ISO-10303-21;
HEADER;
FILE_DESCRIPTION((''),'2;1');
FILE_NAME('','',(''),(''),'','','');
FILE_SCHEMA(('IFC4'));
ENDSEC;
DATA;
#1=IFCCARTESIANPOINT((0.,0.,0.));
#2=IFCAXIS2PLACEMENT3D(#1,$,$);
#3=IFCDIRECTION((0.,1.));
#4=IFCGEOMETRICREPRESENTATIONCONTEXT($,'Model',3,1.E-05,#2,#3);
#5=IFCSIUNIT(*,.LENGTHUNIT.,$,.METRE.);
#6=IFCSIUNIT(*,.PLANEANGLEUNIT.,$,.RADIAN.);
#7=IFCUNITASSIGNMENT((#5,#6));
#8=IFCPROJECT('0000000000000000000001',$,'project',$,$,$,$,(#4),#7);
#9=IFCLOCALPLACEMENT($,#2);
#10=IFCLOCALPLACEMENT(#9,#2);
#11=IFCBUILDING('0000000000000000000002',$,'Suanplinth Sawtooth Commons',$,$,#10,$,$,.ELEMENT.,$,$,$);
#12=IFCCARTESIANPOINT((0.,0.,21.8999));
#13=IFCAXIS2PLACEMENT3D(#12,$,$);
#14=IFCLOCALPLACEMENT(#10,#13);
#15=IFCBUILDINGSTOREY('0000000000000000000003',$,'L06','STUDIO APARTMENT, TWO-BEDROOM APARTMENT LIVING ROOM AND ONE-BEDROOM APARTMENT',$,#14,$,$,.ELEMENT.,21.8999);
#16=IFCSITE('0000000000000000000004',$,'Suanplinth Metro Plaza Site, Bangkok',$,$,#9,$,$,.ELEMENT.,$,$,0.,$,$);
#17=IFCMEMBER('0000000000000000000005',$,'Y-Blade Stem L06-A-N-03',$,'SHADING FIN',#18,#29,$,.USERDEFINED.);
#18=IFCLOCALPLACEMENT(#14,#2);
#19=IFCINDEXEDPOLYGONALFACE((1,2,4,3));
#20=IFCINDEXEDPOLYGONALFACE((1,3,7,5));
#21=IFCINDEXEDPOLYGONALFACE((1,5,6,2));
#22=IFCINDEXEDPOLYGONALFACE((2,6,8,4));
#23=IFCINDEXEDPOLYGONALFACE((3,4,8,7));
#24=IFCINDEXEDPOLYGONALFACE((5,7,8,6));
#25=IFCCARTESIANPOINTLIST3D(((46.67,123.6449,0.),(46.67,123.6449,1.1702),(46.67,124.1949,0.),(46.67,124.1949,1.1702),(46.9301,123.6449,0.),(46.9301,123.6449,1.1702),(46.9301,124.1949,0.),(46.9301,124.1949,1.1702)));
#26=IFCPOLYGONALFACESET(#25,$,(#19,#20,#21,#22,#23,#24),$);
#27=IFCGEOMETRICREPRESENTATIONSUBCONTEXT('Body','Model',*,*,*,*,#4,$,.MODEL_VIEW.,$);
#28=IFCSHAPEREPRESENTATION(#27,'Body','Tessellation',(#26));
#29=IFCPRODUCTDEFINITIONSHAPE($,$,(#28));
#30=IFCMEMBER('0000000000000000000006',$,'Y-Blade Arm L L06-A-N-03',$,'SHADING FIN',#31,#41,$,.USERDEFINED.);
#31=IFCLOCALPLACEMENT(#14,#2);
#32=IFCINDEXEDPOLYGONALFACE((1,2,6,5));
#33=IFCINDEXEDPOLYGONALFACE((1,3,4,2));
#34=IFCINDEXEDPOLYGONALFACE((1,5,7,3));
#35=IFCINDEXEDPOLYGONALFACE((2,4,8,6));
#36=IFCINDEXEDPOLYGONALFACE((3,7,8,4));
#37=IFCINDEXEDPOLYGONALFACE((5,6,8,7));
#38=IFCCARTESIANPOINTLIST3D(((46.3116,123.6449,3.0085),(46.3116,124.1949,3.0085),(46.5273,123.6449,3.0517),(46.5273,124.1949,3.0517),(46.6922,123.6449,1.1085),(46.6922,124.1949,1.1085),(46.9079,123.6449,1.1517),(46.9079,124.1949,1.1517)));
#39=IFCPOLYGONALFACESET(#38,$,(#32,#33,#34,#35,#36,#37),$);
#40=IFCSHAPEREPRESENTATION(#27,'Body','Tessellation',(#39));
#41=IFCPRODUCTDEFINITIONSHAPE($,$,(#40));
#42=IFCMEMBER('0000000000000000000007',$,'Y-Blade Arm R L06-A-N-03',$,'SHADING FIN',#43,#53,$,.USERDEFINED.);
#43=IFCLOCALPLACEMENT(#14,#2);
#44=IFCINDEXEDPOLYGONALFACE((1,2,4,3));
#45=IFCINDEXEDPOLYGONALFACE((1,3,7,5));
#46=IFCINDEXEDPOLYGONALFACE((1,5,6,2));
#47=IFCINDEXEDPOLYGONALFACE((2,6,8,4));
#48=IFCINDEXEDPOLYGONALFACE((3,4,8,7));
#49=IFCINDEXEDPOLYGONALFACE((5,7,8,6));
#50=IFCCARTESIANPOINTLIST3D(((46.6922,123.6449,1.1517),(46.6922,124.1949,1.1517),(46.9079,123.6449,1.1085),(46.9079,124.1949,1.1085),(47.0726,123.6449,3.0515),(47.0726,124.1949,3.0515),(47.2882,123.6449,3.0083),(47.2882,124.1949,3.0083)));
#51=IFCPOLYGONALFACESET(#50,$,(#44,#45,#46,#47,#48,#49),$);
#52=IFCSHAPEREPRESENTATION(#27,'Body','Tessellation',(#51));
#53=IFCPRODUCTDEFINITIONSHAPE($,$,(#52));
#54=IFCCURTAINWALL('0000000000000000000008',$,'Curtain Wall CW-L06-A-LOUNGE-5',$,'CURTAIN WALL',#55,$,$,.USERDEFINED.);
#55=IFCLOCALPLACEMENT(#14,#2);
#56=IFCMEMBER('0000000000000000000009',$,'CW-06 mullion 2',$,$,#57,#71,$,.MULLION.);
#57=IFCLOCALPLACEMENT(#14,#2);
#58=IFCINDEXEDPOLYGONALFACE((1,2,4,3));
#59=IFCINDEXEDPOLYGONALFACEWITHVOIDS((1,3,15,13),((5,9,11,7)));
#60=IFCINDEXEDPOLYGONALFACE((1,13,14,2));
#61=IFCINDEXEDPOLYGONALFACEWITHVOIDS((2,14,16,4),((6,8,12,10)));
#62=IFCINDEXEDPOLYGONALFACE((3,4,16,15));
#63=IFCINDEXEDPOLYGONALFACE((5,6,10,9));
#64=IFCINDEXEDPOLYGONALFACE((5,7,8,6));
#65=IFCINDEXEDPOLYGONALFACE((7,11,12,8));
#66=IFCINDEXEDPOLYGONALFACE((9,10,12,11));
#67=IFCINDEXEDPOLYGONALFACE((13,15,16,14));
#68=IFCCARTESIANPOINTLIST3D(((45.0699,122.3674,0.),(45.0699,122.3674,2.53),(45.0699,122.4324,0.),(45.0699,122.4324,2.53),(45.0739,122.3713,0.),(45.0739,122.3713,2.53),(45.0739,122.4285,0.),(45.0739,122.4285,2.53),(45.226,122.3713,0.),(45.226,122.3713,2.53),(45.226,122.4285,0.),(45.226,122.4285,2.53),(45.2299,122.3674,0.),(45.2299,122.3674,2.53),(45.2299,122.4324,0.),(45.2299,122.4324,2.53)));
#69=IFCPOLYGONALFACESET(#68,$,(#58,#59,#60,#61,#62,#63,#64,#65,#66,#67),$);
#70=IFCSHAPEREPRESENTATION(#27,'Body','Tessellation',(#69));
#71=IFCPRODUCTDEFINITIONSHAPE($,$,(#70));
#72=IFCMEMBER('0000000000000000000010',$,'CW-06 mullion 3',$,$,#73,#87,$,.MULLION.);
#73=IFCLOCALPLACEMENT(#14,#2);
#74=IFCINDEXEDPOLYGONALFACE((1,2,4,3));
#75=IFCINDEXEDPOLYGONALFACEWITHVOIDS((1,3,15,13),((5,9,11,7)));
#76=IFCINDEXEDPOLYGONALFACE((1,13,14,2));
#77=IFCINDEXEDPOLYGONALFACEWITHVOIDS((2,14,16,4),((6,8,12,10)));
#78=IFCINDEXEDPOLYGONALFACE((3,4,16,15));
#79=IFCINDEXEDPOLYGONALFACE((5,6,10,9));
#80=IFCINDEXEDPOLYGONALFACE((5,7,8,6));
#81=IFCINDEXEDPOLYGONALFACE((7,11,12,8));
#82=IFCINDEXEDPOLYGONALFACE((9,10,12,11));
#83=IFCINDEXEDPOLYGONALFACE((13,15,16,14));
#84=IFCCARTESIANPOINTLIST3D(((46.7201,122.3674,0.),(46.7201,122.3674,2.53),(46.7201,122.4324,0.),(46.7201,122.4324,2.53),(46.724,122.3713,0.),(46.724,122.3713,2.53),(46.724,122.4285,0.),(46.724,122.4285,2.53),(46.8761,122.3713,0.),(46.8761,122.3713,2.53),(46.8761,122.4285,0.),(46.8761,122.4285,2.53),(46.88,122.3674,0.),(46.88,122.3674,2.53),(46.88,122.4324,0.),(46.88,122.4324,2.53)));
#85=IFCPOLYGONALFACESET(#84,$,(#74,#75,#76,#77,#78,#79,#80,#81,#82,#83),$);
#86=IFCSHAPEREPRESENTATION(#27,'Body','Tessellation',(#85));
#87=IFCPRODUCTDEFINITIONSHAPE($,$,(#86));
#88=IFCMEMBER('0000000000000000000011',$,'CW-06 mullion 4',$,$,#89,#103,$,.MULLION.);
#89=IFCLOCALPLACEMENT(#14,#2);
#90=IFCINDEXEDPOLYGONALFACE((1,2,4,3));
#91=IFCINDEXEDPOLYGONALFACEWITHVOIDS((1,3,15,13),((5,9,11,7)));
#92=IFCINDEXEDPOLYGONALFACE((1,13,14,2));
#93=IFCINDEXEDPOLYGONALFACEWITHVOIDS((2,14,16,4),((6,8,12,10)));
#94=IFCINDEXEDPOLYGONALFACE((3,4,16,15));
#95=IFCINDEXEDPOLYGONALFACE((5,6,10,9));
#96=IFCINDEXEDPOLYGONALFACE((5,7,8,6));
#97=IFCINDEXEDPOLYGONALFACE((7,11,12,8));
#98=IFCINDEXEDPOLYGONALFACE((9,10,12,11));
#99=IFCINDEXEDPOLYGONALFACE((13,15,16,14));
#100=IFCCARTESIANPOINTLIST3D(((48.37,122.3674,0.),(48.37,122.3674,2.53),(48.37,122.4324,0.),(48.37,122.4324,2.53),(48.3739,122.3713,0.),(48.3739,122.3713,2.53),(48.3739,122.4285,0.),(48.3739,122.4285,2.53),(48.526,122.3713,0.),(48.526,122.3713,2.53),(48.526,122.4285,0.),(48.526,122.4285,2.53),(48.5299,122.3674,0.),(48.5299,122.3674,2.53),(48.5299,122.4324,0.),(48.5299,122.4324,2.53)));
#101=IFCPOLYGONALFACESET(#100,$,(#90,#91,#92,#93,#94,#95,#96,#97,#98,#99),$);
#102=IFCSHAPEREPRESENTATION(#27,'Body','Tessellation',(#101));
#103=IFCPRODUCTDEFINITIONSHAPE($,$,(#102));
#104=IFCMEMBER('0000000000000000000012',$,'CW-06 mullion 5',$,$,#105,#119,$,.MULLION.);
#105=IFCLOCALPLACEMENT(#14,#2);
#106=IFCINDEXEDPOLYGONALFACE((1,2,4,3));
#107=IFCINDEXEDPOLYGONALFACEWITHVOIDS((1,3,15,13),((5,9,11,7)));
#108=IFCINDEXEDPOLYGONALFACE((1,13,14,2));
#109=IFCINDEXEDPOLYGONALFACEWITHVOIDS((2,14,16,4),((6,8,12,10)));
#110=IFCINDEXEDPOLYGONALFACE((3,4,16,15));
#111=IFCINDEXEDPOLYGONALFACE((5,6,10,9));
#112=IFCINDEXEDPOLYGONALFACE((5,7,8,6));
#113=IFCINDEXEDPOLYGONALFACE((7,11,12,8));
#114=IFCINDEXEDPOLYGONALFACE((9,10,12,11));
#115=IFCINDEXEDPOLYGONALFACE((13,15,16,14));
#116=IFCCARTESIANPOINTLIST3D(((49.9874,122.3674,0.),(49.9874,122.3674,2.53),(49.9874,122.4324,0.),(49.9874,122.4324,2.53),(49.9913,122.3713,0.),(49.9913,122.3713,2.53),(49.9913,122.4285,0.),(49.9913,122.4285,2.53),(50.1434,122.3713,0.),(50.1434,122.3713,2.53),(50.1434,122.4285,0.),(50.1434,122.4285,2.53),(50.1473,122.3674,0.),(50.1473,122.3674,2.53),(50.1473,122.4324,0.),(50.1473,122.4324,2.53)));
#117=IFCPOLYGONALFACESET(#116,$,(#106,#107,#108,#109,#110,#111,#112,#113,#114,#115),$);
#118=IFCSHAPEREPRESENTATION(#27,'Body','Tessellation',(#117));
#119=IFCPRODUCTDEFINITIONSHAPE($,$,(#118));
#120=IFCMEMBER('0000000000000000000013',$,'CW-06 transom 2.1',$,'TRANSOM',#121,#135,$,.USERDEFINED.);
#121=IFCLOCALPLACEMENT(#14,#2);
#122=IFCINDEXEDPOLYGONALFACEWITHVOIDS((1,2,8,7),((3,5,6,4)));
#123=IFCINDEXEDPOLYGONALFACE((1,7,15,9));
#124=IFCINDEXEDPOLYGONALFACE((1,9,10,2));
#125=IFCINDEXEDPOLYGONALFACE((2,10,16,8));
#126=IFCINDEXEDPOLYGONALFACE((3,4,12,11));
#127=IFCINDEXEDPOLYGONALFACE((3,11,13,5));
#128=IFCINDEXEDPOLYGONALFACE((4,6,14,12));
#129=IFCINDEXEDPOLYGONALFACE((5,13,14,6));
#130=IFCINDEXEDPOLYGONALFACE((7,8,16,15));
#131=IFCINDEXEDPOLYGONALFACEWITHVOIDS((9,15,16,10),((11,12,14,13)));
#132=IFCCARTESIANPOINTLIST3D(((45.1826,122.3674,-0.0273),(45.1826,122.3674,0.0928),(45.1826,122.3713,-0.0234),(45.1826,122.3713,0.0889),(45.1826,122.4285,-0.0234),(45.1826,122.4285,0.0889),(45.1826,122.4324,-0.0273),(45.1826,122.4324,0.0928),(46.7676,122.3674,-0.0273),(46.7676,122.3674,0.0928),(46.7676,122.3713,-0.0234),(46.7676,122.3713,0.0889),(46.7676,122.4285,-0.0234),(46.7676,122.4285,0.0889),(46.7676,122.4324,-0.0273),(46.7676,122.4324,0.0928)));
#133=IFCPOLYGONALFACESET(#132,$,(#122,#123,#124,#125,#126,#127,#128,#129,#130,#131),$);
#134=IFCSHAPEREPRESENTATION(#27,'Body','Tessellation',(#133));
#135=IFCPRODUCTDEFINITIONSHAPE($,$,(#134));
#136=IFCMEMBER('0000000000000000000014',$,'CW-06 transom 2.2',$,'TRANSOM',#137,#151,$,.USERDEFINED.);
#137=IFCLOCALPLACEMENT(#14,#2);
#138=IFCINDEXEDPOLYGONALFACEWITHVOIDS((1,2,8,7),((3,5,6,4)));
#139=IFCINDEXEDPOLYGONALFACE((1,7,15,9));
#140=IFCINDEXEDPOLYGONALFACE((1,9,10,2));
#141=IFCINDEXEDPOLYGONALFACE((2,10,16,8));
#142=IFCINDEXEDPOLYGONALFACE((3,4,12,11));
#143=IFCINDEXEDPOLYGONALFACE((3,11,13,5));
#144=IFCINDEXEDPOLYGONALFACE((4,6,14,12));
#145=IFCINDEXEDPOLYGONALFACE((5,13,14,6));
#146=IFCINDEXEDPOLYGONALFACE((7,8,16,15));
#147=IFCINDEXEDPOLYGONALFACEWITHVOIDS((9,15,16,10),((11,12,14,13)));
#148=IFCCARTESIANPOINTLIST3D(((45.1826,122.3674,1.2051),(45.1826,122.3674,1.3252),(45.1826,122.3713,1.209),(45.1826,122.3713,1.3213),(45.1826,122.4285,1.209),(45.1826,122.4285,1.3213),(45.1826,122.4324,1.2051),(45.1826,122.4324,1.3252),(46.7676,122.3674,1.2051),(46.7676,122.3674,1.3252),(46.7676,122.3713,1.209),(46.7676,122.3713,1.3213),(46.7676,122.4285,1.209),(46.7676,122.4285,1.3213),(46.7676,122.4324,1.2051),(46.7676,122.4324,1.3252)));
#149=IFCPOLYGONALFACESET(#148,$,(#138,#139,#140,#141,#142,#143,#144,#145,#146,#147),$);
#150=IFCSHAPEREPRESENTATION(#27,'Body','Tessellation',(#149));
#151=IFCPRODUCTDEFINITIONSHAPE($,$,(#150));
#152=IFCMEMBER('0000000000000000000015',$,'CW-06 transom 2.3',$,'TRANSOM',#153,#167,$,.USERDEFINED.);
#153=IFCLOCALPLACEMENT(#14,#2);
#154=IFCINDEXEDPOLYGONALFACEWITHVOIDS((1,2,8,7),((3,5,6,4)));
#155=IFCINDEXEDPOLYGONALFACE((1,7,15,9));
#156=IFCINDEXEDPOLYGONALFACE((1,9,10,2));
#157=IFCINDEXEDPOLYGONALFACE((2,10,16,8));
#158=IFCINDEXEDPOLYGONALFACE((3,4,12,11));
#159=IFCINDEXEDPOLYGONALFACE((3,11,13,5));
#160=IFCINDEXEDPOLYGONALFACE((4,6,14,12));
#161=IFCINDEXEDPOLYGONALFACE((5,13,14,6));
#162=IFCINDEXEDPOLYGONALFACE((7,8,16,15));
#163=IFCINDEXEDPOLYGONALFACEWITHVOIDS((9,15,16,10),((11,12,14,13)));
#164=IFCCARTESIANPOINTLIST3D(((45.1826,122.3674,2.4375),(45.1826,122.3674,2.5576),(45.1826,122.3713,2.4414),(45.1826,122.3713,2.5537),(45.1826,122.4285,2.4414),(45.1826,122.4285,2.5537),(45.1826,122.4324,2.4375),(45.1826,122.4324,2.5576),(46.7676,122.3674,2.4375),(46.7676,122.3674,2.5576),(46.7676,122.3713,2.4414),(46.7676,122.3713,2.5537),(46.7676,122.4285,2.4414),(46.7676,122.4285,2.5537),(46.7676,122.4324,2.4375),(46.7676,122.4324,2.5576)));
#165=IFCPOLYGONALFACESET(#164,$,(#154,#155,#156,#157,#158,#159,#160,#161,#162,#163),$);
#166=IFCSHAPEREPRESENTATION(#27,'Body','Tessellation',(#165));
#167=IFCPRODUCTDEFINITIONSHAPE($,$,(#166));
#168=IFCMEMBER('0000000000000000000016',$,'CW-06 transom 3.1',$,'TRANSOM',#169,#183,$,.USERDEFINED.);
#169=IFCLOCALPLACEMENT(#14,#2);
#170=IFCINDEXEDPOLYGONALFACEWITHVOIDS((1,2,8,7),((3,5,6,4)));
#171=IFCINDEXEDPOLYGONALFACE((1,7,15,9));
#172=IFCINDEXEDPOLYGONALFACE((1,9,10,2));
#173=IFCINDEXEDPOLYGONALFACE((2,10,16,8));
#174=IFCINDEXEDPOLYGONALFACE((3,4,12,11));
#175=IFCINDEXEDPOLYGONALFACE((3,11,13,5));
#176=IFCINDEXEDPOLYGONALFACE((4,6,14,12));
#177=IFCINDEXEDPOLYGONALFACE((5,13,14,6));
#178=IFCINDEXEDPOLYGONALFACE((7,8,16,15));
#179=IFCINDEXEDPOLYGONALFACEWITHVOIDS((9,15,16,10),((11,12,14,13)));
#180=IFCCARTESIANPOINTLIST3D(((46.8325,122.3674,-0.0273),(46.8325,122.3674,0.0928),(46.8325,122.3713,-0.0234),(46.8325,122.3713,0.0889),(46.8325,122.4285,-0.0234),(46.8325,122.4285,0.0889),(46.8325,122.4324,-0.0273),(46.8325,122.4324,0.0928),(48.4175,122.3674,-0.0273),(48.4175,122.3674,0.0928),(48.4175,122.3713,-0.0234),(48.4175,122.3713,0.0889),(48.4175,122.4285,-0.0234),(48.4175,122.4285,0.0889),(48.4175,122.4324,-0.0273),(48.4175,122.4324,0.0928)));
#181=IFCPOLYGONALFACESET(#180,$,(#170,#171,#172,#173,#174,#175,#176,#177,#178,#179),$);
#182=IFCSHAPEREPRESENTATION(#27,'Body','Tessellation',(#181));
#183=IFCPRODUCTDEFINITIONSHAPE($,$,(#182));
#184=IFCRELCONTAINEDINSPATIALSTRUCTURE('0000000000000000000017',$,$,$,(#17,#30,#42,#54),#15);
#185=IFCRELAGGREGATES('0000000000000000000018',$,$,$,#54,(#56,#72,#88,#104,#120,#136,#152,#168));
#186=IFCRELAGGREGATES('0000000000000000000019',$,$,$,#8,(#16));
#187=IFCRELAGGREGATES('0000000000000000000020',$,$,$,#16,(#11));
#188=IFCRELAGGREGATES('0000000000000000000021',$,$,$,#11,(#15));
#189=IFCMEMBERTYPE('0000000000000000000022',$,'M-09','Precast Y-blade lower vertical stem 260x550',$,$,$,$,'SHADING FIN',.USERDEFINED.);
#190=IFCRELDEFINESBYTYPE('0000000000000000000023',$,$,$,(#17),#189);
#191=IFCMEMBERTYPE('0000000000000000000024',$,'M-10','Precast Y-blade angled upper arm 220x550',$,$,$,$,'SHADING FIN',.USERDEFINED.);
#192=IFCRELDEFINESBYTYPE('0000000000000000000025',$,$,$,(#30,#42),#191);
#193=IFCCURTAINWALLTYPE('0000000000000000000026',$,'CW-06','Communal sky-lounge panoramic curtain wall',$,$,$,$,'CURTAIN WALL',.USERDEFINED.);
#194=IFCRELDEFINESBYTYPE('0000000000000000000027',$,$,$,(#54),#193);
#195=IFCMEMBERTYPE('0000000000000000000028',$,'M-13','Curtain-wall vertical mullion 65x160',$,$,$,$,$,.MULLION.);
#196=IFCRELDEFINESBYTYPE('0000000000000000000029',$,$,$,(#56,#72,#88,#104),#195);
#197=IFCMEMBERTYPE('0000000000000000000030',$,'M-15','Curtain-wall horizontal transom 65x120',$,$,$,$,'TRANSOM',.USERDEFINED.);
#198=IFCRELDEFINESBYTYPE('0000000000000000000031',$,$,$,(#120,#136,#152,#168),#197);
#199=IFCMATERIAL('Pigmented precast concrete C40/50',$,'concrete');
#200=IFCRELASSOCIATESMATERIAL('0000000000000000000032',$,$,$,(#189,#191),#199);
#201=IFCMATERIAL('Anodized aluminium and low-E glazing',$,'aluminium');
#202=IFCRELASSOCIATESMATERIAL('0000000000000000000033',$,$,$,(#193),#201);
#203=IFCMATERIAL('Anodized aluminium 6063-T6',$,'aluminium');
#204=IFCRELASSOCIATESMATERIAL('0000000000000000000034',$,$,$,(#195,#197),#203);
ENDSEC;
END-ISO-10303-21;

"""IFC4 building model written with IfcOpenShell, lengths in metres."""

from ifc_helpers import new_model, si_unit, direction, frame, origin, origin_2d, place, context, subcontext, project, spatial, rectangle, hollow_rectangle, extrude, material, material_profile, profile_set, type_object, element, aggregate, save


model = new_model("IFC4")

# Units and contexts
model_context = context("Model", 3, precision=1e-05, world=origin(), true_north=direction((0.0, 1.0)))
body_context = subcontext(model_context, "Body", "Model", "MODEL_VIEW")
ifc_project = project(units=[si_unit("LENGTHUNIT", "METRE"), si_unit("PLANEANGLEUNIT", "RADIAN")], contexts=[model_context])

# Site, building, storey
site_placement = place(None, origin())
site = spatial("IfcSite", under=ifc_project, at=site_placement, Name="Suanplinth Metro Plaza Site, Bangkok", CompositionType="ELEMENT", RefElevation=0.0)
building_placement = place(site_placement, origin())
building = spatial("IfcBuilding", under=site, at=building_placement, Name="Suanplinth Sawtooth Commons", CompositionType="ELEMENT")
storey_placement = place(building_placement, frame((0.0, 0.0, 21.8999)))
storey = spatial("IfcBuildingStorey", under=building, at=storey_placement, Name="L06", Description="STUDIO APARTMENT, TWO-BEDROOM APARTMENT LIVING ROOM AND ONE-BEDROOM APARTMENT", CompositionType="ELEMENT", Elevation=21.8999)

# Members
ifc_material_1 = material(Name="Pigmented precast concrete C40/50", Category="concrete")
ifc_material_profile_1 = material_profile(ifc_material_1, rectangle(XDim=0.26, YDim=0.55, at=origin_2d()), Name="PC-FIN 260x550")
ifc_profile_set_1 = profile_set([ifc_material_profile_1], Name="Pigmented precast concrete C40/50")
member_type_1 = type_object("IfcMemberType", Name="M-09", Description="Precast Y-blade lower vertical stem 260x550", ElementType="SHADING FIN", PredefinedType="USERDEFINED", material=ifc_profile_set_1)
member_1_placement = place(storey_placement, frame((46.8, 123.9199, 0.0), z_axis=(0.0, 0.0, 1.0), x_axis=(1.0, 0.0, 0.0)))
element("IfcMember", 1, at=member_1_placement, inside=storey, type_object=member_type_1, Name="Y-Blade Stem L06-A-N-03", ObjectType="SHADING FIN", PredefinedType="USERDEFINED", context=body_context, shape_type="SweptSolid", body=[
    extrude(rectangle(XDim=0.26, YDim=0.55, at=origin_2d()), origin(), (0.0, 0.0, 1.0), 1.1702),
])
ifc_material_profile_2 = material_profile(ifc_material_1, rectangle(XDim=0.22, YDim=0.55, at=origin_2d()), Name="PC-FIN 220x550")
ifc_profile_set_2 = profile_set([ifc_material_profile_2], Name="Pigmented precast concrete C40/50")
member_type_2 = type_object("IfcMemberType", Name="M-10", Description="Precast Y-blade angled upper arm 220x550", ElementType="SHADING FIN", PredefinedType="USERDEFINED", material=ifc_profile_set_2)
member_2_placement = place(storey_placement, frame((46.8, 123.9199, 1.1301), z_axis=(-0.196431, 0.0, 0.980518), x_axis=(0.980518, 0.0, 0.196431)))
element("IfcMember", 2, at=member_2_placement, inside=storey, type_object=member_type_2, Name="Y-Blade Arm L L06-A-N-03", ObjectType="SHADING FIN", PredefinedType="USERDEFINED", context=body_context, shape_type="SweptSolid", body=[
    extrude(rectangle(XDim=0.22, YDim=0.55, at=origin_2d()), origin(), (0.0, 0.0, 1.0), 1.9377),
])
member_3_placement = place(storey_placement, frame((46.8, 123.9199, 1.1301), z_axis=(0.19631, 0.0, 0.980542), x_axis=(-0.980542, 0.0, 0.19631)))
element("IfcMember", 3, at=member_3_placement, inside=storey, type_object=member_type_2, Name="Y-Blade Arm R L06-A-N-03", ObjectType="SHADING FIN", PredefinedType="USERDEFINED", context=body_context, shape_type="SweptSolid", body=[
    extrude(rectangle(XDim=0.22, YDim=0.55, at=origin_2d()), origin(), (0.0, 0.0, 1.0), 1.9375),
])

# Curtain wall, members
ifc_material_2 = material(Name="Anodized aluminium and low-E glazing", Category="aluminium")
curtain_wall_type = type_object("IfcCurtainWallType", Name="CW-06", Description="Communal sky-lounge panoramic curtain wall", ElementType="CURTAIN WALL", PredefinedType="USERDEFINED", material=ifc_material_2)
curtain_wall_placement = place(storey_placement, origin())
curtain_wall = element("IfcCurtainWall", 4, at=curtain_wall_placement, inside=storey, type_object=curtain_wall_type, Name="Curtain Wall CW-L06-A-LOUNGE-5", ObjectType="CURTAIN WALL", PredefinedType="USERDEFINED")
ifc_material_3 = material(Name="Anodized aluminium 6063-T6", Category="aluminium")
ifc_material_profile_3 = material_profile(ifc_material_3, hollow_rectangle(XDim=0.0649, YDim=0.1599, WallThickness=0.0039, at=origin_2d()), Name="ALU-MUL 65x160")
ifc_profile_set_3 = profile_set([ifc_material_profile_3], Name="Anodized aluminium 6063-T6")
member_type_3 = type_object("IfcMemberType", Name="M-13", Description="Curtain-wall vertical mullion 65x160", PredefinedType="MULLION", material=ifc_profile_set_3)
member_4_placement = place(storey_placement, frame((45.1499, 122.3999, 0.0), z_axis=(0.0, 0.0, 1.0), x_axis=(0.0, 1.0, 0.0)))
member_4 = element("IfcMember", 5, at=member_4_placement, type_object=member_type_3, Name="CW-06 mullion 2", PredefinedType="MULLION", context=body_context, shape_type="SweptSolid", body=[
    extrude(hollow_rectangle(XDim=0.0649, YDim=0.1599, WallThickness=0.0039, at=origin_2d()), origin(), (0.0, 0.0, 1.0), 2.53),
])
member_5_placement = place(storey_placement, frame((46.8, 122.3999, 0.0), z_axis=(0.0, 0.0, 1.0), x_axis=(0.0, 1.0, 0.0)))
member_5 = element("IfcMember", 6, at=member_5_placement, type_object=member_type_3, Name="CW-06 mullion 3", PredefinedType="MULLION", context=body_context, shape_type="SweptSolid", body=[
    extrude(hollow_rectangle(XDim=0.0649, YDim=0.1599, WallThickness=0.0039, at=origin_2d()), origin(), (0.0, 0.0, 1.0), 2.53),
])
member_6_placement = place(storey_placement, frame((48.45, 122.3999, 0.0), z_axis=(0.0, 0.0, 1.0), x_axis=(0.0, 1.0, 0.0)))
member_6 = element("IfcMember", 7, at=member_6_placement, type_object=member_type_3, Name="CW-06 mullion 4", PredefinedType="MULLION", context=body_context, shape_type="SweptSolid", body=[
    extrude(hollow_rectangle(XDim=0.0649, YDim=0.1599, WallThickness=0.0039, at=origin_2d()), origin(), (0.0, 0.0, 1.0), 2.53),
])
member_7_placement = place(storey_placement, frame((50.0674, 122.3999, 0.0), z_axis=(0.0, 0.0, 1.0), x_axis=(0.0, 1.0, 0.0)))
member_7 = element("IfcMember", 8, at=member_7_placement, type_object=member_type_3, Name="CW-06 mullion 5", PredefinedType="MULLION", context=body_context, shape_type="SweptSolid", body=[
    extrude(hollow_rectangle(XDim=0.0649, YDim=0.1599, WallThickness=0.0039, at=origin_2d()), origin(), (0.0, 0.0, 1.0), 2.53),
])
ifc_material_profile_4 = material_profile(ifc_material_3, hollow_rectangle(XDim=0.0649, YDim=0.1201, WallThickness=0.0039, at=origin_2d()), Name="ALU-TRN 65x120")
ifc_profile_set_4 = profile_set([ifc_material_profile_4], Name="Anodized aluminium 6063-T6")
member_type_4 = type_object("IfcMemberType", Name="M-15", Description="Curtain-wall horizontal transom 65x120", ElementType="TRANSOM", PredefinedType="USERDEFINED", material=ifc_profile_set_4)
member_8_placement = place(storey_placement, frame((45.1826, 122.3999, 0.0327), z_axis=(1.0, 0.0, 0.0), x_axis=(0.0, 1.0, 0.0)))
member_8 = element("IfcMember", 9, at=member_8_placement, type_object=member_type_4, Name="CW-06 transom 2.1", ObjectType="TRANSOM", PredefinedType="USERDEFINED", context=body_context, shape_type="SweptSolid", body=[
    extrude(hollow_rectangle(XDim=0.0649, YDim=0.1201, WallThickness=0.0039, at=origin_2d()), origin(), (0.0, 0.0, 1.0), 1.585),
])
member_9_placement = place(storey_placement, frame((45.1826, 122.3999, 1.2651), z_axis=(1.0, 0.0, 0.0), x_axis=(0.0, 1.0, 0.0)))
member_9 = element("IfcMember", 10, at=member_9_placement, type_object=member_type_4, Name="CW-06 transom 2.2", ObjectType="TRANSOM", PredefinedType="USERDEFINED", context=body_context, shape_type="SweptSolid", body=[
    extrude(hollow_rectangle(XDim=0.0649, YDim=0.1201, WallThickness=0.0039, at=origin_2d()), origin(), (0.0, 0.0, 1.0), 1.585),
])
member_10_placement = place(storey_placement, frame((45.1826, 122.3999, 2.4976), z_axis=(1.0, 0.0, 0.0), x_axis=(0.0, 1.0, 0.0)))
member_10 = element("IfcMember", 11, at=member_10_placement, type_object=member_type_4, Name="CW-06 transom 2.3", ObjectType="TRANSOM", PredefinedType="USERDEFINED", context=body_context, shape_type="SweptSolid", body=[
    extrude(hollow_rectangle(XDim=0.0649, YDim=0.1201, WallThickness=0.0039, at=origin_2d()), origin(), (0.0, 0.0, 1.0), 1.585),
])
member_11_placement = place(storey_placement, frame((46.8325, 122.3999, 0.0327), z_axis=(1.0, 0.0, 0.0), x_axis=(0.0, 1.0, 0.0)))
member_11 = element("IfcMember", 12, at=member_11_placement, type_object=member_type_4, Name="CW-06 transom 3.1", ObjectType="TRANSOM", PredefinedType="USERDEFINED", context=body_context, shape_type="SweptSolid", body=[
    extrude(hollow_rectangle(XDim=0.0649, YDim=0.1201, WallThickness=0.0039, at=origin_2d()), origin(), (0.0, 0.0, 1.0), 1.585),
])

aggregate(curtain_wall, [member_4, member_5, member_6, member_7, member_8, member_9, member_10, member_11])

save(model, "model.ifc")
